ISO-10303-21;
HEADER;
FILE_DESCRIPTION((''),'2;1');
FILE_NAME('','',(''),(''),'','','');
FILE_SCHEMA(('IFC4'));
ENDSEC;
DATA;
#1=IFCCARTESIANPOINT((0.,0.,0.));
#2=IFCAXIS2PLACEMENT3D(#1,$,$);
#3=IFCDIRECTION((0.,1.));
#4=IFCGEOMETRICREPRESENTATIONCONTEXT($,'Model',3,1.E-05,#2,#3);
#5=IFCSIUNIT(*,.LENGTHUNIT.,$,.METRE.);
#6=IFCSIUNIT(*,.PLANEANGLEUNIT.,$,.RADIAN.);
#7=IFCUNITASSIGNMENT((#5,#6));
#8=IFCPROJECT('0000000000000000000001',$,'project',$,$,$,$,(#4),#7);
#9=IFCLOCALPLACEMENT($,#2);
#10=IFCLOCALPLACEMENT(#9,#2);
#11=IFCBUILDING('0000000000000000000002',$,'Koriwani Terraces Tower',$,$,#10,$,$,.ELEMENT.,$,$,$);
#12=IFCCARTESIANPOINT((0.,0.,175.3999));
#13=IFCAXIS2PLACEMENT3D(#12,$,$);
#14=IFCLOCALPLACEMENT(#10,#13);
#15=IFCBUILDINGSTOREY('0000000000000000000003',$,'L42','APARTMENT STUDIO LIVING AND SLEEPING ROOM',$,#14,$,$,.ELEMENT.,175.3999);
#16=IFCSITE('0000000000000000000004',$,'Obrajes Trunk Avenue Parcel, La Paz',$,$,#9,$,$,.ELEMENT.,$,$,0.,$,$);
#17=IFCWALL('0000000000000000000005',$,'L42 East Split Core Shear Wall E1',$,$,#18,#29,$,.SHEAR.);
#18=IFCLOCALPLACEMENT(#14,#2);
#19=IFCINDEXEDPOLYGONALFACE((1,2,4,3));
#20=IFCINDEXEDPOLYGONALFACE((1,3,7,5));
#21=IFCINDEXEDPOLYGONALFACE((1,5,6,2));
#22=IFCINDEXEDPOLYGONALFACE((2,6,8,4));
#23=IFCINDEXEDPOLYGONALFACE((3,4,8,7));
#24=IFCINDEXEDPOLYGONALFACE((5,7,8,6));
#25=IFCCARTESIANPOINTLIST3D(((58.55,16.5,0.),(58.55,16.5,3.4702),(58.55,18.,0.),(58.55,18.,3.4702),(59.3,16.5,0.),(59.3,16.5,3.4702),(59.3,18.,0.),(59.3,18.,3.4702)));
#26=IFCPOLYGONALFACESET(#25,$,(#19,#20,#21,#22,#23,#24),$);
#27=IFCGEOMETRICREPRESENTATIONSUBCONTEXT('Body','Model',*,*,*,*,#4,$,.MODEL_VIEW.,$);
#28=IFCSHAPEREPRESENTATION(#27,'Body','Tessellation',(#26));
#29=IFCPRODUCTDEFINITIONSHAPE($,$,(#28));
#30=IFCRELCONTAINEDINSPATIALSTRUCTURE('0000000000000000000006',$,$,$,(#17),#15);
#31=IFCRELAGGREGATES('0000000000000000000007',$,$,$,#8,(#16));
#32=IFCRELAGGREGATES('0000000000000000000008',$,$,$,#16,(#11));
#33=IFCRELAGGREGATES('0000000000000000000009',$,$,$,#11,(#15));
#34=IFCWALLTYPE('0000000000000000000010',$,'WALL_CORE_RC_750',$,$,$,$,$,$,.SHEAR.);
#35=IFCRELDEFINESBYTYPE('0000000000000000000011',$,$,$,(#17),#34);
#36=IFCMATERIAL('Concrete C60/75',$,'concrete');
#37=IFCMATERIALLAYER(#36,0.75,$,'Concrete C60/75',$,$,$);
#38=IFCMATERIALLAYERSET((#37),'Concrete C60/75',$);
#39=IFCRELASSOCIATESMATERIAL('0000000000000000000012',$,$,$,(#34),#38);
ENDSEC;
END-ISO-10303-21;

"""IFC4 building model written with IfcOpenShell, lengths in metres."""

from ifc_helpers import new_model, si_unit, direction, frame, frame_2d, origin, place, context, subcontext, project, spatial, rectangle, extrude, material, layer, layer_set, type_object, element, save


model = new_model("IFC4")

# Units and contexts
model_context = context("Model", 3, precision=1e-05, world=origin(), true_north=direction((0.0, 1.0)))
body_context = subcontext(model_context, "Body", "Model", "MODEL_VIEW")
ifc_project = project(units=[si_unit("LENGTHUNIT", "METRE"), si_unit("PLANEANGLEUNIT", "RADIAN")], contexts=[model_context])

# Site, building, storey
site_placement = place(None, origin())
site = spatial("IfcSite", under=ifc_project, at=site_placement, Name="Obrajes Trunk Avenue Parcel, La Paz", CompositionType="ELEMENT", RefElevation=0.0)
building_placement = place(site_placement, origin())
building = spatial("IfcBuilding", under=site, at=building_placement, Name="Koriwani Terraces Tower", CompositionType="ELEMENT")
storey_placement = place(building_placement, frame((0.0, 0.0, 175.3999)))
storey = spatial("IfcBuildingStorey", under=building, at=storey_placement, Name="L42", Description="APARTMENT STUDIO LIVING AND SLEEPING ROOM", CompositionType="ELEMENT", Elevation=175.3999)

# Shared definitions
ifc_material_1 = material(Name="Concrete C60/75", Category="concrete")

# Wall
ifc_layer = layer(ifc_material_1, 0.75, Name="Concrete C60/75")
ifc_layer_set = layer_set([ifc_layer], Name="Concrete C60/75")
wall_type = type_object("IfcWallType", Name="WALL_CORE_RC_750", PredefinedType="SHEAR", material=ifc_layer_set)
wall_placement = place(storey_placement, frame((58.925, 16.5, 0.0), z_axis=(0.0, 0.0, 1.0), x_axis=(0.0, 1.0, 0.0)))
element("IfcWall", 1, at=wall_placement, inside=storey, type_object=wall_type, Name="L42 East Split Core Shear Wall E1", PredefinedType="SHEAR", context=body_context, shape_type="SweptSolid", body=[
    extrude(rectangle(XDim=1.5, YDim=0.75, at=frame_2d((0.75, 0.0))), origin(), (0.0, 0.0, 1.0), 3.4702),
])

save(model, "model.ifc")
